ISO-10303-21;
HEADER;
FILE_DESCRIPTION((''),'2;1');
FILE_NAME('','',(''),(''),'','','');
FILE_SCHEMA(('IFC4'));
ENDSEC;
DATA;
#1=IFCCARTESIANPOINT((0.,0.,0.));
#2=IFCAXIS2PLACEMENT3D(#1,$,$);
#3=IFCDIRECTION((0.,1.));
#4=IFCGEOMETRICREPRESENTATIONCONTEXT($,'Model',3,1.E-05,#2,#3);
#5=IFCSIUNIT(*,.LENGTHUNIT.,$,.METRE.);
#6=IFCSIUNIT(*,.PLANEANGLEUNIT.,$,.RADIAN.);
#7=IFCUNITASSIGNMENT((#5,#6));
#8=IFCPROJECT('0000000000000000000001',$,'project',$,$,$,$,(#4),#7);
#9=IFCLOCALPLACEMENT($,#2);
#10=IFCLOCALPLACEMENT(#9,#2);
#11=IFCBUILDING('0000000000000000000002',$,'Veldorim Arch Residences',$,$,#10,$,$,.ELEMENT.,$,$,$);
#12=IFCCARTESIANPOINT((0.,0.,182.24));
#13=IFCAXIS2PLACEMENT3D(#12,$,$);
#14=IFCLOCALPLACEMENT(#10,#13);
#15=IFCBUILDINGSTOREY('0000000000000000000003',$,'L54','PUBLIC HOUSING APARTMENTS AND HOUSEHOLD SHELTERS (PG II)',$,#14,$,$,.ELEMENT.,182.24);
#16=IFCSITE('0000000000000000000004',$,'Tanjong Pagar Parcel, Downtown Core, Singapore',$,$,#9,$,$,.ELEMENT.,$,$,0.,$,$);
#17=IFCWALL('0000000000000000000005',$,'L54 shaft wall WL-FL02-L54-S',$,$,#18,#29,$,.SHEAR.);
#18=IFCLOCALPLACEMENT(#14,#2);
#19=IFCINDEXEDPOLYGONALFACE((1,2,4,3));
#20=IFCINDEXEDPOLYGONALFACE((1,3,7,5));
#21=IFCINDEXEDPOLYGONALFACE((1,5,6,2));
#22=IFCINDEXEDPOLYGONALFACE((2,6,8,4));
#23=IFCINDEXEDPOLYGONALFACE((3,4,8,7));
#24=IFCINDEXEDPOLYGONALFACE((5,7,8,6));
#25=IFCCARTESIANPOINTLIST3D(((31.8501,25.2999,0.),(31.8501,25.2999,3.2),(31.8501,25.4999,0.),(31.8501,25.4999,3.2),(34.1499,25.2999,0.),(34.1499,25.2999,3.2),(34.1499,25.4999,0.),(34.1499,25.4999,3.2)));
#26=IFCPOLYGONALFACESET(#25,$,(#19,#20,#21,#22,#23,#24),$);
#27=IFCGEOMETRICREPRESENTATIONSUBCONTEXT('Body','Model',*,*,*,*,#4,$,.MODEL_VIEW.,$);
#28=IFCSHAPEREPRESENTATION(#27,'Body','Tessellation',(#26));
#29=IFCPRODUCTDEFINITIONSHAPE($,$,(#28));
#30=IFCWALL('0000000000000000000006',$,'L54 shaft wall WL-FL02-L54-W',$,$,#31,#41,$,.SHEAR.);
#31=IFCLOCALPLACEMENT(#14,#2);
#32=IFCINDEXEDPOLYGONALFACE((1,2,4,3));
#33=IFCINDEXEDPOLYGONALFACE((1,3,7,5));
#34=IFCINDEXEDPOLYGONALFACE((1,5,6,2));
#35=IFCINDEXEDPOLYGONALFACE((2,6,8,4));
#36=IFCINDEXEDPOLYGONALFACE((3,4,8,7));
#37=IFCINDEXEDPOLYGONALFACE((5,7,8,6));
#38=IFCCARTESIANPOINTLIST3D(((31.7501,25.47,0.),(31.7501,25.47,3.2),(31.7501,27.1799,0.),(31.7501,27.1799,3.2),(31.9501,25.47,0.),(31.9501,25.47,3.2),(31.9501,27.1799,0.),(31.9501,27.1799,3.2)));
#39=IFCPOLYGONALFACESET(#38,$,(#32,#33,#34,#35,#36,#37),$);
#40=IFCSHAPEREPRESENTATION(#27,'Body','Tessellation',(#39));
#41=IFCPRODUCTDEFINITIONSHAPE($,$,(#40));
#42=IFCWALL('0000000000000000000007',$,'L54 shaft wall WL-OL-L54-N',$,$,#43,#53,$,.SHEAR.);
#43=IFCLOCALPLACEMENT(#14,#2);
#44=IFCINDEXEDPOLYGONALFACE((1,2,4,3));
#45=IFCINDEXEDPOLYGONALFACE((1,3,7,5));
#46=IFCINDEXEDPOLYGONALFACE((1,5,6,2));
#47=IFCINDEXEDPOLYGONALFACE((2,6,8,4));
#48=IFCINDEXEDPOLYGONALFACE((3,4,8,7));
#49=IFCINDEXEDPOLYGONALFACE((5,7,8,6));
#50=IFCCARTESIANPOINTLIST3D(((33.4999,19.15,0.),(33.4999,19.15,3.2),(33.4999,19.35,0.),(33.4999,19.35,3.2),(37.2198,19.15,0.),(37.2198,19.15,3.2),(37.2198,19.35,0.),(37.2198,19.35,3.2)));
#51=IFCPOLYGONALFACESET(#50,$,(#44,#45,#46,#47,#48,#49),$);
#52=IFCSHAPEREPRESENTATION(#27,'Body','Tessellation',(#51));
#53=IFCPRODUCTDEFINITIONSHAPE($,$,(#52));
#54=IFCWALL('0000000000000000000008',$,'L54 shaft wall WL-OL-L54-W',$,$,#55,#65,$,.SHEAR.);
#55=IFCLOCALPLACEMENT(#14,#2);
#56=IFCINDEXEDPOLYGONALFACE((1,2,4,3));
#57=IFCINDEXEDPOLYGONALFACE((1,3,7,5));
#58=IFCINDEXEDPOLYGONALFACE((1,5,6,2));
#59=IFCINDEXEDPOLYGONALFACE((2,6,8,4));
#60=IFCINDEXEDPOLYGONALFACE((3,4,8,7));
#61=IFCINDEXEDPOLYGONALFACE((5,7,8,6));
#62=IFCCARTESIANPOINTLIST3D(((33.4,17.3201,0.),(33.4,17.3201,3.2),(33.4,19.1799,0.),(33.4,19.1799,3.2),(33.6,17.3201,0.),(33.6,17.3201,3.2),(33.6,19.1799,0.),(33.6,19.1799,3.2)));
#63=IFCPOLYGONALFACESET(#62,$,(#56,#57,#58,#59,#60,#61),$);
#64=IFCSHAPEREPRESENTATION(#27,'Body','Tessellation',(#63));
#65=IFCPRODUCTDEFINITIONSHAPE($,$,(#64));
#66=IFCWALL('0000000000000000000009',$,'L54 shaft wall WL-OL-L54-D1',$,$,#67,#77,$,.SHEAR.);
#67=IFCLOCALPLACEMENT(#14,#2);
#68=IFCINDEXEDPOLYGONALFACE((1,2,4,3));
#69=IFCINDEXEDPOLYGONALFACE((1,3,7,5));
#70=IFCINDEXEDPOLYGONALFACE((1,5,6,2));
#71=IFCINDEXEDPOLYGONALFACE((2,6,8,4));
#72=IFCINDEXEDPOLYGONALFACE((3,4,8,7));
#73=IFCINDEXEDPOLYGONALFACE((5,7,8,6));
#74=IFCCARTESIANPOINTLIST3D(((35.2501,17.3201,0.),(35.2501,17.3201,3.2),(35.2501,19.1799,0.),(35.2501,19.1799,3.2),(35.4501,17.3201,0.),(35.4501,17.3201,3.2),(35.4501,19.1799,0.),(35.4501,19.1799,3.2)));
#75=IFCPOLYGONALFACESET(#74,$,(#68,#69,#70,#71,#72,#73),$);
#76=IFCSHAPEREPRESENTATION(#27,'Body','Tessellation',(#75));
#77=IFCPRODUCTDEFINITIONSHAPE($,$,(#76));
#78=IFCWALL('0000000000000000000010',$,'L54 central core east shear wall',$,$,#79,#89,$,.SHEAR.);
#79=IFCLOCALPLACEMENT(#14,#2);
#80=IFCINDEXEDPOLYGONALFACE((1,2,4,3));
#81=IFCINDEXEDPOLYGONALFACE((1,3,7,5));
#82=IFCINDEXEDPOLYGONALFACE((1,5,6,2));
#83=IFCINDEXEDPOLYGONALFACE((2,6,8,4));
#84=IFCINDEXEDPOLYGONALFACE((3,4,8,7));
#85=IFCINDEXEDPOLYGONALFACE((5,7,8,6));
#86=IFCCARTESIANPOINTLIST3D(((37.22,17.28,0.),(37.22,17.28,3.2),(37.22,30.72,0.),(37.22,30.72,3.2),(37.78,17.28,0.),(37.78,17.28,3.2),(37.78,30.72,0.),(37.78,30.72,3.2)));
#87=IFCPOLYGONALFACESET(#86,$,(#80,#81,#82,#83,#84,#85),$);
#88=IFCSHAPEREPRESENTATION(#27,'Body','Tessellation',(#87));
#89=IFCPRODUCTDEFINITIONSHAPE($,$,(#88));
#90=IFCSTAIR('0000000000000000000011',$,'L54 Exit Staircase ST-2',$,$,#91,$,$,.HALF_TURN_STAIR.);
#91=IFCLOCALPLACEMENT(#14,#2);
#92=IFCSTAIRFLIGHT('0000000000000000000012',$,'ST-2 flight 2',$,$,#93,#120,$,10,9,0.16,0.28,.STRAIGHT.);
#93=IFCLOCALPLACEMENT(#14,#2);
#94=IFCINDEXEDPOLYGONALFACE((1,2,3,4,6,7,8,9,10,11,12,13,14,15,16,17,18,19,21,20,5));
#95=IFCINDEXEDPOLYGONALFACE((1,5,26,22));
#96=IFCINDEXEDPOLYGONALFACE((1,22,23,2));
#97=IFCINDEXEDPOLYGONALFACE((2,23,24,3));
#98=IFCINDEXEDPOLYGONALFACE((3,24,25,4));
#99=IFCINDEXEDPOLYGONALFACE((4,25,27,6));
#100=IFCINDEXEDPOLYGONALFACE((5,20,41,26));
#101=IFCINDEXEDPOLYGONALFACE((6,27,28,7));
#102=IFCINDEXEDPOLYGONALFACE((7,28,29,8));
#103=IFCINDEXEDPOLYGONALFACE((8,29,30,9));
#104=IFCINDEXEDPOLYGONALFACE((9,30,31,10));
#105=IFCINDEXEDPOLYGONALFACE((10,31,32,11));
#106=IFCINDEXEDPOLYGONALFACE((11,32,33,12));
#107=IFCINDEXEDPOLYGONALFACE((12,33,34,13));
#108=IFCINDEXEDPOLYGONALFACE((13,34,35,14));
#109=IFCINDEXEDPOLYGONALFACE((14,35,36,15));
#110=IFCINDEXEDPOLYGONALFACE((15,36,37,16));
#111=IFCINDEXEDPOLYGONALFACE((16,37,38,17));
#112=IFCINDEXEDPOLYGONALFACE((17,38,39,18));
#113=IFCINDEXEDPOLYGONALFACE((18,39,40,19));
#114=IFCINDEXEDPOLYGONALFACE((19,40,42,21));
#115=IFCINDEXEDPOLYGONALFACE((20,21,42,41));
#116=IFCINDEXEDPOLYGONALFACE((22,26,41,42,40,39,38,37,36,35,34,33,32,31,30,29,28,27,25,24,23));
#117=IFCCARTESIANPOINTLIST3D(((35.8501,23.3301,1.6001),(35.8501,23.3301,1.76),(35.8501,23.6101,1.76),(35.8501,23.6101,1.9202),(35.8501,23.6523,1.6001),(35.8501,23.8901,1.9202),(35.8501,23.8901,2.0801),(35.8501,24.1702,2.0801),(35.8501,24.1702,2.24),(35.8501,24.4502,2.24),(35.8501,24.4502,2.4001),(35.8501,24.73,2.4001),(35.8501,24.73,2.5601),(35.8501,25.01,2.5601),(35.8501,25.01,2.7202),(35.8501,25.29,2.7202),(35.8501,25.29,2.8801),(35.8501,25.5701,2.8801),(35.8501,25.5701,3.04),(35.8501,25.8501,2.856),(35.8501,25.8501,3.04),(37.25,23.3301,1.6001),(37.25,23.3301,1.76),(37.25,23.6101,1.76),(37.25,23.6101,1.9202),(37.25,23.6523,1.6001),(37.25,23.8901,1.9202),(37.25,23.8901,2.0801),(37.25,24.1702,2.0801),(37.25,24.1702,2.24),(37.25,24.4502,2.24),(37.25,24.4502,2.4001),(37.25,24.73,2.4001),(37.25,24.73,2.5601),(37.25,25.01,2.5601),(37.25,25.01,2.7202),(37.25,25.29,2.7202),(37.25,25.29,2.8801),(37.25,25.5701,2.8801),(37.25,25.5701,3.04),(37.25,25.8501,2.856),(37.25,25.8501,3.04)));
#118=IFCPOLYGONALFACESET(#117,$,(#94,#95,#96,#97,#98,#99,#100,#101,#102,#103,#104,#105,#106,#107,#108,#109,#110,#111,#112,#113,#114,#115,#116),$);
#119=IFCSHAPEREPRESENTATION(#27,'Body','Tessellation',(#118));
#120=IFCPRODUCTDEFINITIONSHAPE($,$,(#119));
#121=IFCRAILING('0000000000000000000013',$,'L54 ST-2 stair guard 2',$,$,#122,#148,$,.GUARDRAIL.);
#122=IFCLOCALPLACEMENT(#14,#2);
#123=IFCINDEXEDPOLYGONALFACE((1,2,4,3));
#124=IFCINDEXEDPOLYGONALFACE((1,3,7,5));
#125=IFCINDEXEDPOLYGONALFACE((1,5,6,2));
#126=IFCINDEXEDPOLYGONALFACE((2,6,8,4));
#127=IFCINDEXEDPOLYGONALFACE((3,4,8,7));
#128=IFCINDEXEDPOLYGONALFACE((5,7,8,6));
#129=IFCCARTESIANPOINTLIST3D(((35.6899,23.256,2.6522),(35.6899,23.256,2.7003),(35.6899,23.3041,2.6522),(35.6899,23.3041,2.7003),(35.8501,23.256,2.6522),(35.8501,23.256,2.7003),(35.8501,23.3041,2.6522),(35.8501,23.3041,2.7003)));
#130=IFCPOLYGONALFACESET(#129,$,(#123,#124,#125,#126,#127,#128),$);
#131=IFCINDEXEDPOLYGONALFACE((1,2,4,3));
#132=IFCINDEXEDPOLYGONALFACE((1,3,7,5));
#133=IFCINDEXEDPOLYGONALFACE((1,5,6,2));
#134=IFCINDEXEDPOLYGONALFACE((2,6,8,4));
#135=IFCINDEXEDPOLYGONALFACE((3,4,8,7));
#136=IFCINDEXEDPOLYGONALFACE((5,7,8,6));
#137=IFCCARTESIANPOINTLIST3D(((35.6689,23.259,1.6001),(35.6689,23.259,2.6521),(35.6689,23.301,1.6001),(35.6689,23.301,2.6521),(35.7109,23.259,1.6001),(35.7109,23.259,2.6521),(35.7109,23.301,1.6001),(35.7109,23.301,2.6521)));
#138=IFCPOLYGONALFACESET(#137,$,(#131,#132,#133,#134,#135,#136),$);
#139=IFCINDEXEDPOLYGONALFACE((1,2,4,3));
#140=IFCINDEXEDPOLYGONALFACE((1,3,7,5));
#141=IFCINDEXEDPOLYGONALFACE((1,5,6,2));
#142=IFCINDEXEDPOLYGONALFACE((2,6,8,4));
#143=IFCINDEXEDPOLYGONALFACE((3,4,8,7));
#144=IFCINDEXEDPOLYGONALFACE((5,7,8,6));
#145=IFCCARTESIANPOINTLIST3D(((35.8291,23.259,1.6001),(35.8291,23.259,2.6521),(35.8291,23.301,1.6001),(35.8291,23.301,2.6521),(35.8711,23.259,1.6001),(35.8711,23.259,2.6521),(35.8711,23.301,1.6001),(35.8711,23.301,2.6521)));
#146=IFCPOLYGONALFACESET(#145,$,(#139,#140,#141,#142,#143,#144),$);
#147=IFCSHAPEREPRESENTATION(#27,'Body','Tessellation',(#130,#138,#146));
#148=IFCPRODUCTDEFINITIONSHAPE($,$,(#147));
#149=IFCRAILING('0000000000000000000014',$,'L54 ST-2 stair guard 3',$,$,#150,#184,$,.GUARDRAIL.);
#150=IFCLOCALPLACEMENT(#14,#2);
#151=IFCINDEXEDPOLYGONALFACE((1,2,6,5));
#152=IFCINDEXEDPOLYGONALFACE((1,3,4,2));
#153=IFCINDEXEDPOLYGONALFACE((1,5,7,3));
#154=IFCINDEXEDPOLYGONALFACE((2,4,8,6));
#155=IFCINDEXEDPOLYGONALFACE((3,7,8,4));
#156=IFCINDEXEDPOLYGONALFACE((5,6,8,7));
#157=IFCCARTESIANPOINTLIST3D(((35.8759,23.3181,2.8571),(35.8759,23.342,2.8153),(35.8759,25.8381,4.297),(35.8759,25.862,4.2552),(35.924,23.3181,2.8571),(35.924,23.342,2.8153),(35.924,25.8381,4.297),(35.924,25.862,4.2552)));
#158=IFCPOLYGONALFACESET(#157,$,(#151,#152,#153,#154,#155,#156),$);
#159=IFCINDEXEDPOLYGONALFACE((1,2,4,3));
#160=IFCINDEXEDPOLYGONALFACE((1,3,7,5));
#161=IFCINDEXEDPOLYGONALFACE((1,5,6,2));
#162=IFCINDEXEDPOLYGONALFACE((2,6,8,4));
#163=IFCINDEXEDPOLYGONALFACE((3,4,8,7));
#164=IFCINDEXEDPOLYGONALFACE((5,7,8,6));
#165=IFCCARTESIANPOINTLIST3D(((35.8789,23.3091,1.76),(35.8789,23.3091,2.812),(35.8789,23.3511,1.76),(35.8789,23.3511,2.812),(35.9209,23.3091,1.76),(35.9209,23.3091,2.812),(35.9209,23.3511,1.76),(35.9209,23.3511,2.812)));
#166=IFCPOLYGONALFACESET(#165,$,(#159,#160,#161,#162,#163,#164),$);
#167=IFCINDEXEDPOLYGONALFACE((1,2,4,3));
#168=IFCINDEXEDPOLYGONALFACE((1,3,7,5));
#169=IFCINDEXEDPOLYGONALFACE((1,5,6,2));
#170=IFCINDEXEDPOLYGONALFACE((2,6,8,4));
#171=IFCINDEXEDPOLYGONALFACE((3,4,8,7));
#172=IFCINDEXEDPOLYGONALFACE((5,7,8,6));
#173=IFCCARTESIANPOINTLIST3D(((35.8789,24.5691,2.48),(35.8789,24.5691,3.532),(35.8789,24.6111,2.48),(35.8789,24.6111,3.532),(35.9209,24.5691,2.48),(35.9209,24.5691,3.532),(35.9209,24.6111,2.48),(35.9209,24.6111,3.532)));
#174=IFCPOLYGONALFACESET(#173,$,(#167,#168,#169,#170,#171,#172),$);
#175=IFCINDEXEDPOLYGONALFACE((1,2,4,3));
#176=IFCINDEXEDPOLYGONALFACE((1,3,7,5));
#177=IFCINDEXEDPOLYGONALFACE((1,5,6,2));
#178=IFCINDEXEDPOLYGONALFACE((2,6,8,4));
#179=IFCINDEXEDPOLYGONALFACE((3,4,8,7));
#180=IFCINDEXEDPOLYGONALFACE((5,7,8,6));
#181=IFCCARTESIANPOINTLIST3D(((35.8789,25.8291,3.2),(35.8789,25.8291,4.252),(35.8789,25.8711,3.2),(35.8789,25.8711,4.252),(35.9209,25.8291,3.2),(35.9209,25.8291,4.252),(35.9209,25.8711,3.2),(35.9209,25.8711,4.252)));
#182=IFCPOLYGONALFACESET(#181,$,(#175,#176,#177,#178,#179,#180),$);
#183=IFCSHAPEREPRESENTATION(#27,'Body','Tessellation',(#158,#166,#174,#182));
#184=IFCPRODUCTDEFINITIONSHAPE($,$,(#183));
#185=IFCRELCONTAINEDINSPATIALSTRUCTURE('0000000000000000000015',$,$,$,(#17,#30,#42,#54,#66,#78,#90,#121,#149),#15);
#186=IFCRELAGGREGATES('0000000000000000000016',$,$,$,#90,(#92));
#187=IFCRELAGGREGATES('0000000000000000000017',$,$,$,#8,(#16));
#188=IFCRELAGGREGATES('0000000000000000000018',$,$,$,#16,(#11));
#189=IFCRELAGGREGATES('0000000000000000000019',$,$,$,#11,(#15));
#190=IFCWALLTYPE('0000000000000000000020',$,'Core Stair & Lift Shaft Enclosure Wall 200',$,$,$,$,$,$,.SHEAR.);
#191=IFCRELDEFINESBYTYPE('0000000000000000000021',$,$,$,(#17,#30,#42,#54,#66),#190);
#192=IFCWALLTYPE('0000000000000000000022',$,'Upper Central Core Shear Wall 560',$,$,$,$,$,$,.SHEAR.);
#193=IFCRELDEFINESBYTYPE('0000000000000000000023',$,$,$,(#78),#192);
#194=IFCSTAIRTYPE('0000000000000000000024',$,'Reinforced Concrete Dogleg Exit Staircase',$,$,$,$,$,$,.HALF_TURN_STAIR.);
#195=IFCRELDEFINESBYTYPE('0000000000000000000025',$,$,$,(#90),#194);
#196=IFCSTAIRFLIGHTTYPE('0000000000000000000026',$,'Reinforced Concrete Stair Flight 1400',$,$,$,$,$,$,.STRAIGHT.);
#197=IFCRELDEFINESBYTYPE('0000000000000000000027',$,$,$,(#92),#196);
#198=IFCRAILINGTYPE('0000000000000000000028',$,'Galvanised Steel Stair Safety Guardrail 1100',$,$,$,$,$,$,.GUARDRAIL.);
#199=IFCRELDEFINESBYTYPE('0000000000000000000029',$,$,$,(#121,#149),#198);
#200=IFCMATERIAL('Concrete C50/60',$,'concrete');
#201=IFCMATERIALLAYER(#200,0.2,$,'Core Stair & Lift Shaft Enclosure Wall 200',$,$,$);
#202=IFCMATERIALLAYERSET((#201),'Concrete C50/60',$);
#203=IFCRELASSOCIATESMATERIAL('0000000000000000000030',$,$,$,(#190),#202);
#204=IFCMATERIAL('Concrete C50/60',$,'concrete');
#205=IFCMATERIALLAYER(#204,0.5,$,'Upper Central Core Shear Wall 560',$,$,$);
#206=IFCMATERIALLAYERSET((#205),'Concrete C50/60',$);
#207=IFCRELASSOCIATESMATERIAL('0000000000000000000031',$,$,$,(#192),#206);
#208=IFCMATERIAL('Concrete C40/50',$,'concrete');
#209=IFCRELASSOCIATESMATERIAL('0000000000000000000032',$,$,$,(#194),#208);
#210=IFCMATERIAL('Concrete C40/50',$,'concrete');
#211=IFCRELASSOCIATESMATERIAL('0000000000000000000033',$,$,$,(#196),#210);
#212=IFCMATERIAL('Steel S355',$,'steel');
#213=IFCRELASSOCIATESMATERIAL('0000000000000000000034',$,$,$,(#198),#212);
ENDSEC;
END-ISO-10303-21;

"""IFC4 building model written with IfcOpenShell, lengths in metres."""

from ifc_helpers import new_model, si_unit, direction, frame, frame_2d, origin, origin_2d, place, context, subcontext, project, spatial, polyline, rectangle, outline, extrude, material, layer, layer_set, type_object, element, aggregate, save


model = new_model("IFC4")

# Units and contexts
model_context = context("Model", 3, precision=1e-05, world=origin(), true_north=direction((0.0, 1.0)))
body_context = subcontext(model_context, "Body", "Model", "MODEL_VIEW")
ifc_project = project(units=[si_unit("LENGTHUNIT", "METRE"), si_unit("PLANEANGLEUNIT", "RADIAN")], contexts=[model_context])

# Site, building, storey
site_placement = place(None, origin())
site = spatial("IfcSite", under=ifc_project, at=site_placement, Name="Tanjong Pagar Parcel, Downtown Core, Singapore", CompositionType="ELEMENT", RefElevation=0.0)
building_placement = place(site_placement, origin())
building = spatial("IfcBuilding", under=site, at=building_placement, Name="Veldorim Arch Residences", CompositionType="ELEMENT")
storey_placement = place(building_placement, frame((0.0, 0.0, 182.24)))
storey = spatial("IfcBuildingStorey", under=building, at=storey_placement, Name="L54", Description="PUBLIC HOUSING APARTMENTS AND HOUSEHOLD SHELTERS (PG II)", CompositionType="ELEMENT", Elevation=182.24)

# Walls
ifc_material_1 = material(Name="Concrete C50/60", Category="concrete")
ifc_layer_1 = layer(ifc_material_1, 0.2, Name="Core Stair & Lift Shaft Enclosure Wall 200")
ifc_layer_set_1 = layer_set([ifc_layer_1], Name="Concrete C50/60")
wall_type_1 = type_object("IfcWallType", Name="Core Stair & Lift Shaft Enclosure Wall 200", PredefinedType="SHEAR", material=ifc_layer_set_1)
wall_1_placement = place(storey_placement, frame((31.8501, 25.3999, 0.0), z_axis=(0.0, 0.0, 1.0), x_axis=(1.0, 0.0, 0.0)))
element("IfcWall", 1, at=wall_1_placement, inside=storey, type_object=wall_type_1, Name="L54 shaft wall WL-FL02-L54-S", PredefinedType="SHEAR", context=body_context, shape_type="SweptSolid", body=[
    extrude(rectangle(XDim=2.2998, YDim=0.2, at=frame_2d((1.1499, 0.0))), origin(), (0.0, 0.0, 1.0), 3.2),
])
wall_2_placement = place(storey_placement, frame((31.8501, 25.47, 0.0), z_axis=(0.0, 0.0, 1.0), x_axis=(0.0, 1.0, 0.0)))
element("IfcWall", 2, at=wall_2_placement, inside=storey, type_object=wall_type_1, Name="L54 shaft wall WL-FL02-L54-W", PredefinedType="SHEAR", context=body_context, shape_type="SweptSolid", body=[
    extrude(rectangle(XDim=1.71, YDim=0.2, at=frame_2d((0.855, 0.0))), origin(), (0.0, 0.0, 1.0), 3.2),
])
wall_3_placement = place(storey_placement, frame((33.5, 19.25, 0.0), z_axis=(0.0, 0.0, 1.0), x_axis=(1.0, 0.0, 0.0)))
element("IfcWall", 3, at=wall_3_placement, inside=storey, type_object=wall_type_1, Name="L54 shaft wall WL-OL-L54-N", PredefinedType="SHEAR", context=body_context, shape_type="SweptSolid", body=[
    extrude(rectangle(XDim=3.72, YDim=0.2, at=frame_2d((1.8599, 0.0))), origin(), (0.0, 0.0, 1.0), 3.2),
])
for number, where, z_axis, x_axis, name in (
    (4, (33.5, 17.3201, 0.0), (0.0, 0.0, 1.0), (0.0, 1.0, 0.0), "L54 shaft wall WL-OL-L54-W"),
    (5, (35.3501, 17.3201, 0.0), (0.0, 0.0, 1.0), (0.0, 1.0, 0.0), "L54 shaft wall WL-OL-L54-D1"),
):
    element("IfcWall", number, at=place(storey_placement, frame(where, z_axis=z_axis, x_axis=x_axis)), inside=storey, type_object=wall_type_1, Name=name, PredefinedType="SHEAR", context=body_context, shape_type="SweptSolid", body=[
        extrude(rectangle(XDim=1.8599, YDim=0.2, at=frame_2d((0.9299, 0.0))), origin(), (0.0, 0.0, 1.0), 3.2),
    ])
ifc_material_2 = material(Name="Concrete C50/60", Category="concrete")
ifc_layer_2 = layer(ifc_material_2, 0.5, Name="Upper Central Core Shear Wall 560")
ifc_layer_set_2 = layer_set([ifc_layer_2], Name="Concrete C50/60")
wall_type_2 = type_object("IfcWallType", Name="Upper Central Core Shear Wall 560", PredefinedType="SHEAR", material=ifc_layer_set_2)
wall_4_placement = place(storey_placement, frame((37.5, 17.28, 0.0), z_axis=(0.0, 0.0, 1.0), x_axis=(0.0, 1.0, 0.0)))
element("IfcWall", 6, at=wall_4_placement, inside=storey, type_object=wall_type_2, Name="L54 central core east shear wall", PredefinedType="SHEAR", context=body_context, shape_type="SweptSolid", body=[
    extrude(rectangle(XDim=13.4399, YDim=0.5601, at=frame_2d((6.72, 0.0))), origin(), (0.0, 0.0, 1.0), 3.2),
])

# Stair, stair flight
ifc_material_3 = material(Name="Concrete C40/50", Category="concrete")
stair_type = type_object("IfcStairType", Name="Reinforced Concrete Dogleg Exit Staircase", PredefinedType="HALF_TURN_STAIR", material=ifc_material_3)
stair_placement = place(storey_placement, origin())
stair = element("IfcStair", 7, at=stair_placement, inside=storey, type_object=stair_type, Name="L54 Exit Staircase ST-2", PredefinedType="HALF_TURN_STAIR")
ifc_material_4 = material(Name="Concrete C40/50", Category="concrete")
stair_flight_type = type_object("IfcStairFlightType", Name="Reinforced Concrete Stair Flight 1400", PredefinedType="STRAIGHT", material=ifc_material_4)
stair_flight_placement = place(storey_placement, frame((36.55, 23.3301, 1.6001), z_axis=(0.0, 0.0, 1.0), x_axis=(0.0, 1.0, 0.0)))
stair_flight = element("IfcStairFlight", 8, at=stair_flight_placement, type_object=stair_flight_type, Name="ST-2 flight 2", NumberOfRisers=10, NumberOfTreads=9, PredefinedType="STRAIGHT", RiserHeight=0.16, TreadLength=0.28, context=body_context, shape_type="SweptSolid", body=[
    extrude(outline(polyline([(0.0, 0.0), (0.0, 0.1599), (0.28, 0.1599), (0.28, 0.3201), (0.5601, 0.3201), (0.5601, 0.48), (0.8401, 0.48), (0.8401, 0.6399), (1.1201, 0.6399), (1.1201, 0.8), (1.3999, 0.8), (1.3999, 0.96), (1.6799, 0.96), (1.6799, 1.1201), (1.96, 1.1201), (1.96, 1.28), (2.24, 1.28), (2.24, 1.4399), (2.52, 1.4399), (2.52, 1.6001), (2.52, 1.2559), (0.3223, 0.0), (0.0, 0.0)])), frame((0.0, 0.7, 0.0), z_axis=(0.0, -1.0, 0.0), x_axis=(1.0, 0.0, 0.0)), (0.0, 0.0, 1.0), 1.3999),
])
aggregate(stair, [stair_flight])

# Railings
ifc_material_5 = material(Name="Steel S355", Category="steel")
railing_type_1 = type_object("IfcRailingType", Name="Galvanised Steel Stair Safety Guardrail 1100", PredefinedType="GUARDRAIL", material=ifc_material_5)
railing_1_placement = place(storey_placement, frame((35.6899, 23.28, 1.6001)))
element("IfcRailing", 9, at=railing_1_placement, inside=storey, type_object=railing_type_1, Name="L54 ST-2 stair guard 2", PredefinedType="GUARDRAIL", context=body_context, shape_type="SweptSolid", body=[
    extrude(rectangle(XDim=0.0481, YDim=0.0481, at=origin_2d()), frame((0.0, 0.0, 1.0762), z_axis=(1.0, 0.0, 0.0), x_axis=(0.0, 1.0, 0.0)), (0.0, 0.0, 1.0), 0.1602),
    extrude(rectangle(XDim=0.042, YDim=0.042, at=origin_2d()), origin(), (0.0, 0.0, 1.0), 1.052),
    extrude(rectangle(XDim=0.042, YDim=0.042, at=origin_2d()), frame((0.1602, 0.0, 0.0)), (0.0, 0.0, 1.0), 1.052),
])
railing_2_placement = place(storey_placement, frame((35.8999, 23.3301, 1.76)))
element("IfcRailing", 10, at=railing_2_placement, inside=storey, type_object=railing_type_1, Name="L54 ST-2 stair guard 3", PredefinedType="GUARDRAIL", context=body_context, shape_type="SweptSolid", body=[
    extrude(rectangle(XDim=0.0481, YDim=0.0481, at=origin_2d()), frame((0.0, 0.0, 1.0762), z_axis=(0.0, 0.868253, 0.496121), x_axis=(-1.0, 0.0, 0.0)), (0.0, 0.0, 1.0), 2.9023),
    extrude(rectangle(XDim=0.042, YDim=0.042, at=origin_2d()), origin(), (0.0, 0.0, 1.0), 1.052),
    extrude(rectangle(XDim=0.042, YDim=0.042, at=origin_2d()), frame((0.0, 1.26, 0.72)), (0.0, 0.0, 1.0), 1.052),
    extrude(rectangle(XDim=0.042, YDim=0.042, at=origin_2d()), frame((0.0, 2.52, 1.4399)), (0.0, 0.0, 1.0), 1.052),
])

save(model, "model.ifc")
